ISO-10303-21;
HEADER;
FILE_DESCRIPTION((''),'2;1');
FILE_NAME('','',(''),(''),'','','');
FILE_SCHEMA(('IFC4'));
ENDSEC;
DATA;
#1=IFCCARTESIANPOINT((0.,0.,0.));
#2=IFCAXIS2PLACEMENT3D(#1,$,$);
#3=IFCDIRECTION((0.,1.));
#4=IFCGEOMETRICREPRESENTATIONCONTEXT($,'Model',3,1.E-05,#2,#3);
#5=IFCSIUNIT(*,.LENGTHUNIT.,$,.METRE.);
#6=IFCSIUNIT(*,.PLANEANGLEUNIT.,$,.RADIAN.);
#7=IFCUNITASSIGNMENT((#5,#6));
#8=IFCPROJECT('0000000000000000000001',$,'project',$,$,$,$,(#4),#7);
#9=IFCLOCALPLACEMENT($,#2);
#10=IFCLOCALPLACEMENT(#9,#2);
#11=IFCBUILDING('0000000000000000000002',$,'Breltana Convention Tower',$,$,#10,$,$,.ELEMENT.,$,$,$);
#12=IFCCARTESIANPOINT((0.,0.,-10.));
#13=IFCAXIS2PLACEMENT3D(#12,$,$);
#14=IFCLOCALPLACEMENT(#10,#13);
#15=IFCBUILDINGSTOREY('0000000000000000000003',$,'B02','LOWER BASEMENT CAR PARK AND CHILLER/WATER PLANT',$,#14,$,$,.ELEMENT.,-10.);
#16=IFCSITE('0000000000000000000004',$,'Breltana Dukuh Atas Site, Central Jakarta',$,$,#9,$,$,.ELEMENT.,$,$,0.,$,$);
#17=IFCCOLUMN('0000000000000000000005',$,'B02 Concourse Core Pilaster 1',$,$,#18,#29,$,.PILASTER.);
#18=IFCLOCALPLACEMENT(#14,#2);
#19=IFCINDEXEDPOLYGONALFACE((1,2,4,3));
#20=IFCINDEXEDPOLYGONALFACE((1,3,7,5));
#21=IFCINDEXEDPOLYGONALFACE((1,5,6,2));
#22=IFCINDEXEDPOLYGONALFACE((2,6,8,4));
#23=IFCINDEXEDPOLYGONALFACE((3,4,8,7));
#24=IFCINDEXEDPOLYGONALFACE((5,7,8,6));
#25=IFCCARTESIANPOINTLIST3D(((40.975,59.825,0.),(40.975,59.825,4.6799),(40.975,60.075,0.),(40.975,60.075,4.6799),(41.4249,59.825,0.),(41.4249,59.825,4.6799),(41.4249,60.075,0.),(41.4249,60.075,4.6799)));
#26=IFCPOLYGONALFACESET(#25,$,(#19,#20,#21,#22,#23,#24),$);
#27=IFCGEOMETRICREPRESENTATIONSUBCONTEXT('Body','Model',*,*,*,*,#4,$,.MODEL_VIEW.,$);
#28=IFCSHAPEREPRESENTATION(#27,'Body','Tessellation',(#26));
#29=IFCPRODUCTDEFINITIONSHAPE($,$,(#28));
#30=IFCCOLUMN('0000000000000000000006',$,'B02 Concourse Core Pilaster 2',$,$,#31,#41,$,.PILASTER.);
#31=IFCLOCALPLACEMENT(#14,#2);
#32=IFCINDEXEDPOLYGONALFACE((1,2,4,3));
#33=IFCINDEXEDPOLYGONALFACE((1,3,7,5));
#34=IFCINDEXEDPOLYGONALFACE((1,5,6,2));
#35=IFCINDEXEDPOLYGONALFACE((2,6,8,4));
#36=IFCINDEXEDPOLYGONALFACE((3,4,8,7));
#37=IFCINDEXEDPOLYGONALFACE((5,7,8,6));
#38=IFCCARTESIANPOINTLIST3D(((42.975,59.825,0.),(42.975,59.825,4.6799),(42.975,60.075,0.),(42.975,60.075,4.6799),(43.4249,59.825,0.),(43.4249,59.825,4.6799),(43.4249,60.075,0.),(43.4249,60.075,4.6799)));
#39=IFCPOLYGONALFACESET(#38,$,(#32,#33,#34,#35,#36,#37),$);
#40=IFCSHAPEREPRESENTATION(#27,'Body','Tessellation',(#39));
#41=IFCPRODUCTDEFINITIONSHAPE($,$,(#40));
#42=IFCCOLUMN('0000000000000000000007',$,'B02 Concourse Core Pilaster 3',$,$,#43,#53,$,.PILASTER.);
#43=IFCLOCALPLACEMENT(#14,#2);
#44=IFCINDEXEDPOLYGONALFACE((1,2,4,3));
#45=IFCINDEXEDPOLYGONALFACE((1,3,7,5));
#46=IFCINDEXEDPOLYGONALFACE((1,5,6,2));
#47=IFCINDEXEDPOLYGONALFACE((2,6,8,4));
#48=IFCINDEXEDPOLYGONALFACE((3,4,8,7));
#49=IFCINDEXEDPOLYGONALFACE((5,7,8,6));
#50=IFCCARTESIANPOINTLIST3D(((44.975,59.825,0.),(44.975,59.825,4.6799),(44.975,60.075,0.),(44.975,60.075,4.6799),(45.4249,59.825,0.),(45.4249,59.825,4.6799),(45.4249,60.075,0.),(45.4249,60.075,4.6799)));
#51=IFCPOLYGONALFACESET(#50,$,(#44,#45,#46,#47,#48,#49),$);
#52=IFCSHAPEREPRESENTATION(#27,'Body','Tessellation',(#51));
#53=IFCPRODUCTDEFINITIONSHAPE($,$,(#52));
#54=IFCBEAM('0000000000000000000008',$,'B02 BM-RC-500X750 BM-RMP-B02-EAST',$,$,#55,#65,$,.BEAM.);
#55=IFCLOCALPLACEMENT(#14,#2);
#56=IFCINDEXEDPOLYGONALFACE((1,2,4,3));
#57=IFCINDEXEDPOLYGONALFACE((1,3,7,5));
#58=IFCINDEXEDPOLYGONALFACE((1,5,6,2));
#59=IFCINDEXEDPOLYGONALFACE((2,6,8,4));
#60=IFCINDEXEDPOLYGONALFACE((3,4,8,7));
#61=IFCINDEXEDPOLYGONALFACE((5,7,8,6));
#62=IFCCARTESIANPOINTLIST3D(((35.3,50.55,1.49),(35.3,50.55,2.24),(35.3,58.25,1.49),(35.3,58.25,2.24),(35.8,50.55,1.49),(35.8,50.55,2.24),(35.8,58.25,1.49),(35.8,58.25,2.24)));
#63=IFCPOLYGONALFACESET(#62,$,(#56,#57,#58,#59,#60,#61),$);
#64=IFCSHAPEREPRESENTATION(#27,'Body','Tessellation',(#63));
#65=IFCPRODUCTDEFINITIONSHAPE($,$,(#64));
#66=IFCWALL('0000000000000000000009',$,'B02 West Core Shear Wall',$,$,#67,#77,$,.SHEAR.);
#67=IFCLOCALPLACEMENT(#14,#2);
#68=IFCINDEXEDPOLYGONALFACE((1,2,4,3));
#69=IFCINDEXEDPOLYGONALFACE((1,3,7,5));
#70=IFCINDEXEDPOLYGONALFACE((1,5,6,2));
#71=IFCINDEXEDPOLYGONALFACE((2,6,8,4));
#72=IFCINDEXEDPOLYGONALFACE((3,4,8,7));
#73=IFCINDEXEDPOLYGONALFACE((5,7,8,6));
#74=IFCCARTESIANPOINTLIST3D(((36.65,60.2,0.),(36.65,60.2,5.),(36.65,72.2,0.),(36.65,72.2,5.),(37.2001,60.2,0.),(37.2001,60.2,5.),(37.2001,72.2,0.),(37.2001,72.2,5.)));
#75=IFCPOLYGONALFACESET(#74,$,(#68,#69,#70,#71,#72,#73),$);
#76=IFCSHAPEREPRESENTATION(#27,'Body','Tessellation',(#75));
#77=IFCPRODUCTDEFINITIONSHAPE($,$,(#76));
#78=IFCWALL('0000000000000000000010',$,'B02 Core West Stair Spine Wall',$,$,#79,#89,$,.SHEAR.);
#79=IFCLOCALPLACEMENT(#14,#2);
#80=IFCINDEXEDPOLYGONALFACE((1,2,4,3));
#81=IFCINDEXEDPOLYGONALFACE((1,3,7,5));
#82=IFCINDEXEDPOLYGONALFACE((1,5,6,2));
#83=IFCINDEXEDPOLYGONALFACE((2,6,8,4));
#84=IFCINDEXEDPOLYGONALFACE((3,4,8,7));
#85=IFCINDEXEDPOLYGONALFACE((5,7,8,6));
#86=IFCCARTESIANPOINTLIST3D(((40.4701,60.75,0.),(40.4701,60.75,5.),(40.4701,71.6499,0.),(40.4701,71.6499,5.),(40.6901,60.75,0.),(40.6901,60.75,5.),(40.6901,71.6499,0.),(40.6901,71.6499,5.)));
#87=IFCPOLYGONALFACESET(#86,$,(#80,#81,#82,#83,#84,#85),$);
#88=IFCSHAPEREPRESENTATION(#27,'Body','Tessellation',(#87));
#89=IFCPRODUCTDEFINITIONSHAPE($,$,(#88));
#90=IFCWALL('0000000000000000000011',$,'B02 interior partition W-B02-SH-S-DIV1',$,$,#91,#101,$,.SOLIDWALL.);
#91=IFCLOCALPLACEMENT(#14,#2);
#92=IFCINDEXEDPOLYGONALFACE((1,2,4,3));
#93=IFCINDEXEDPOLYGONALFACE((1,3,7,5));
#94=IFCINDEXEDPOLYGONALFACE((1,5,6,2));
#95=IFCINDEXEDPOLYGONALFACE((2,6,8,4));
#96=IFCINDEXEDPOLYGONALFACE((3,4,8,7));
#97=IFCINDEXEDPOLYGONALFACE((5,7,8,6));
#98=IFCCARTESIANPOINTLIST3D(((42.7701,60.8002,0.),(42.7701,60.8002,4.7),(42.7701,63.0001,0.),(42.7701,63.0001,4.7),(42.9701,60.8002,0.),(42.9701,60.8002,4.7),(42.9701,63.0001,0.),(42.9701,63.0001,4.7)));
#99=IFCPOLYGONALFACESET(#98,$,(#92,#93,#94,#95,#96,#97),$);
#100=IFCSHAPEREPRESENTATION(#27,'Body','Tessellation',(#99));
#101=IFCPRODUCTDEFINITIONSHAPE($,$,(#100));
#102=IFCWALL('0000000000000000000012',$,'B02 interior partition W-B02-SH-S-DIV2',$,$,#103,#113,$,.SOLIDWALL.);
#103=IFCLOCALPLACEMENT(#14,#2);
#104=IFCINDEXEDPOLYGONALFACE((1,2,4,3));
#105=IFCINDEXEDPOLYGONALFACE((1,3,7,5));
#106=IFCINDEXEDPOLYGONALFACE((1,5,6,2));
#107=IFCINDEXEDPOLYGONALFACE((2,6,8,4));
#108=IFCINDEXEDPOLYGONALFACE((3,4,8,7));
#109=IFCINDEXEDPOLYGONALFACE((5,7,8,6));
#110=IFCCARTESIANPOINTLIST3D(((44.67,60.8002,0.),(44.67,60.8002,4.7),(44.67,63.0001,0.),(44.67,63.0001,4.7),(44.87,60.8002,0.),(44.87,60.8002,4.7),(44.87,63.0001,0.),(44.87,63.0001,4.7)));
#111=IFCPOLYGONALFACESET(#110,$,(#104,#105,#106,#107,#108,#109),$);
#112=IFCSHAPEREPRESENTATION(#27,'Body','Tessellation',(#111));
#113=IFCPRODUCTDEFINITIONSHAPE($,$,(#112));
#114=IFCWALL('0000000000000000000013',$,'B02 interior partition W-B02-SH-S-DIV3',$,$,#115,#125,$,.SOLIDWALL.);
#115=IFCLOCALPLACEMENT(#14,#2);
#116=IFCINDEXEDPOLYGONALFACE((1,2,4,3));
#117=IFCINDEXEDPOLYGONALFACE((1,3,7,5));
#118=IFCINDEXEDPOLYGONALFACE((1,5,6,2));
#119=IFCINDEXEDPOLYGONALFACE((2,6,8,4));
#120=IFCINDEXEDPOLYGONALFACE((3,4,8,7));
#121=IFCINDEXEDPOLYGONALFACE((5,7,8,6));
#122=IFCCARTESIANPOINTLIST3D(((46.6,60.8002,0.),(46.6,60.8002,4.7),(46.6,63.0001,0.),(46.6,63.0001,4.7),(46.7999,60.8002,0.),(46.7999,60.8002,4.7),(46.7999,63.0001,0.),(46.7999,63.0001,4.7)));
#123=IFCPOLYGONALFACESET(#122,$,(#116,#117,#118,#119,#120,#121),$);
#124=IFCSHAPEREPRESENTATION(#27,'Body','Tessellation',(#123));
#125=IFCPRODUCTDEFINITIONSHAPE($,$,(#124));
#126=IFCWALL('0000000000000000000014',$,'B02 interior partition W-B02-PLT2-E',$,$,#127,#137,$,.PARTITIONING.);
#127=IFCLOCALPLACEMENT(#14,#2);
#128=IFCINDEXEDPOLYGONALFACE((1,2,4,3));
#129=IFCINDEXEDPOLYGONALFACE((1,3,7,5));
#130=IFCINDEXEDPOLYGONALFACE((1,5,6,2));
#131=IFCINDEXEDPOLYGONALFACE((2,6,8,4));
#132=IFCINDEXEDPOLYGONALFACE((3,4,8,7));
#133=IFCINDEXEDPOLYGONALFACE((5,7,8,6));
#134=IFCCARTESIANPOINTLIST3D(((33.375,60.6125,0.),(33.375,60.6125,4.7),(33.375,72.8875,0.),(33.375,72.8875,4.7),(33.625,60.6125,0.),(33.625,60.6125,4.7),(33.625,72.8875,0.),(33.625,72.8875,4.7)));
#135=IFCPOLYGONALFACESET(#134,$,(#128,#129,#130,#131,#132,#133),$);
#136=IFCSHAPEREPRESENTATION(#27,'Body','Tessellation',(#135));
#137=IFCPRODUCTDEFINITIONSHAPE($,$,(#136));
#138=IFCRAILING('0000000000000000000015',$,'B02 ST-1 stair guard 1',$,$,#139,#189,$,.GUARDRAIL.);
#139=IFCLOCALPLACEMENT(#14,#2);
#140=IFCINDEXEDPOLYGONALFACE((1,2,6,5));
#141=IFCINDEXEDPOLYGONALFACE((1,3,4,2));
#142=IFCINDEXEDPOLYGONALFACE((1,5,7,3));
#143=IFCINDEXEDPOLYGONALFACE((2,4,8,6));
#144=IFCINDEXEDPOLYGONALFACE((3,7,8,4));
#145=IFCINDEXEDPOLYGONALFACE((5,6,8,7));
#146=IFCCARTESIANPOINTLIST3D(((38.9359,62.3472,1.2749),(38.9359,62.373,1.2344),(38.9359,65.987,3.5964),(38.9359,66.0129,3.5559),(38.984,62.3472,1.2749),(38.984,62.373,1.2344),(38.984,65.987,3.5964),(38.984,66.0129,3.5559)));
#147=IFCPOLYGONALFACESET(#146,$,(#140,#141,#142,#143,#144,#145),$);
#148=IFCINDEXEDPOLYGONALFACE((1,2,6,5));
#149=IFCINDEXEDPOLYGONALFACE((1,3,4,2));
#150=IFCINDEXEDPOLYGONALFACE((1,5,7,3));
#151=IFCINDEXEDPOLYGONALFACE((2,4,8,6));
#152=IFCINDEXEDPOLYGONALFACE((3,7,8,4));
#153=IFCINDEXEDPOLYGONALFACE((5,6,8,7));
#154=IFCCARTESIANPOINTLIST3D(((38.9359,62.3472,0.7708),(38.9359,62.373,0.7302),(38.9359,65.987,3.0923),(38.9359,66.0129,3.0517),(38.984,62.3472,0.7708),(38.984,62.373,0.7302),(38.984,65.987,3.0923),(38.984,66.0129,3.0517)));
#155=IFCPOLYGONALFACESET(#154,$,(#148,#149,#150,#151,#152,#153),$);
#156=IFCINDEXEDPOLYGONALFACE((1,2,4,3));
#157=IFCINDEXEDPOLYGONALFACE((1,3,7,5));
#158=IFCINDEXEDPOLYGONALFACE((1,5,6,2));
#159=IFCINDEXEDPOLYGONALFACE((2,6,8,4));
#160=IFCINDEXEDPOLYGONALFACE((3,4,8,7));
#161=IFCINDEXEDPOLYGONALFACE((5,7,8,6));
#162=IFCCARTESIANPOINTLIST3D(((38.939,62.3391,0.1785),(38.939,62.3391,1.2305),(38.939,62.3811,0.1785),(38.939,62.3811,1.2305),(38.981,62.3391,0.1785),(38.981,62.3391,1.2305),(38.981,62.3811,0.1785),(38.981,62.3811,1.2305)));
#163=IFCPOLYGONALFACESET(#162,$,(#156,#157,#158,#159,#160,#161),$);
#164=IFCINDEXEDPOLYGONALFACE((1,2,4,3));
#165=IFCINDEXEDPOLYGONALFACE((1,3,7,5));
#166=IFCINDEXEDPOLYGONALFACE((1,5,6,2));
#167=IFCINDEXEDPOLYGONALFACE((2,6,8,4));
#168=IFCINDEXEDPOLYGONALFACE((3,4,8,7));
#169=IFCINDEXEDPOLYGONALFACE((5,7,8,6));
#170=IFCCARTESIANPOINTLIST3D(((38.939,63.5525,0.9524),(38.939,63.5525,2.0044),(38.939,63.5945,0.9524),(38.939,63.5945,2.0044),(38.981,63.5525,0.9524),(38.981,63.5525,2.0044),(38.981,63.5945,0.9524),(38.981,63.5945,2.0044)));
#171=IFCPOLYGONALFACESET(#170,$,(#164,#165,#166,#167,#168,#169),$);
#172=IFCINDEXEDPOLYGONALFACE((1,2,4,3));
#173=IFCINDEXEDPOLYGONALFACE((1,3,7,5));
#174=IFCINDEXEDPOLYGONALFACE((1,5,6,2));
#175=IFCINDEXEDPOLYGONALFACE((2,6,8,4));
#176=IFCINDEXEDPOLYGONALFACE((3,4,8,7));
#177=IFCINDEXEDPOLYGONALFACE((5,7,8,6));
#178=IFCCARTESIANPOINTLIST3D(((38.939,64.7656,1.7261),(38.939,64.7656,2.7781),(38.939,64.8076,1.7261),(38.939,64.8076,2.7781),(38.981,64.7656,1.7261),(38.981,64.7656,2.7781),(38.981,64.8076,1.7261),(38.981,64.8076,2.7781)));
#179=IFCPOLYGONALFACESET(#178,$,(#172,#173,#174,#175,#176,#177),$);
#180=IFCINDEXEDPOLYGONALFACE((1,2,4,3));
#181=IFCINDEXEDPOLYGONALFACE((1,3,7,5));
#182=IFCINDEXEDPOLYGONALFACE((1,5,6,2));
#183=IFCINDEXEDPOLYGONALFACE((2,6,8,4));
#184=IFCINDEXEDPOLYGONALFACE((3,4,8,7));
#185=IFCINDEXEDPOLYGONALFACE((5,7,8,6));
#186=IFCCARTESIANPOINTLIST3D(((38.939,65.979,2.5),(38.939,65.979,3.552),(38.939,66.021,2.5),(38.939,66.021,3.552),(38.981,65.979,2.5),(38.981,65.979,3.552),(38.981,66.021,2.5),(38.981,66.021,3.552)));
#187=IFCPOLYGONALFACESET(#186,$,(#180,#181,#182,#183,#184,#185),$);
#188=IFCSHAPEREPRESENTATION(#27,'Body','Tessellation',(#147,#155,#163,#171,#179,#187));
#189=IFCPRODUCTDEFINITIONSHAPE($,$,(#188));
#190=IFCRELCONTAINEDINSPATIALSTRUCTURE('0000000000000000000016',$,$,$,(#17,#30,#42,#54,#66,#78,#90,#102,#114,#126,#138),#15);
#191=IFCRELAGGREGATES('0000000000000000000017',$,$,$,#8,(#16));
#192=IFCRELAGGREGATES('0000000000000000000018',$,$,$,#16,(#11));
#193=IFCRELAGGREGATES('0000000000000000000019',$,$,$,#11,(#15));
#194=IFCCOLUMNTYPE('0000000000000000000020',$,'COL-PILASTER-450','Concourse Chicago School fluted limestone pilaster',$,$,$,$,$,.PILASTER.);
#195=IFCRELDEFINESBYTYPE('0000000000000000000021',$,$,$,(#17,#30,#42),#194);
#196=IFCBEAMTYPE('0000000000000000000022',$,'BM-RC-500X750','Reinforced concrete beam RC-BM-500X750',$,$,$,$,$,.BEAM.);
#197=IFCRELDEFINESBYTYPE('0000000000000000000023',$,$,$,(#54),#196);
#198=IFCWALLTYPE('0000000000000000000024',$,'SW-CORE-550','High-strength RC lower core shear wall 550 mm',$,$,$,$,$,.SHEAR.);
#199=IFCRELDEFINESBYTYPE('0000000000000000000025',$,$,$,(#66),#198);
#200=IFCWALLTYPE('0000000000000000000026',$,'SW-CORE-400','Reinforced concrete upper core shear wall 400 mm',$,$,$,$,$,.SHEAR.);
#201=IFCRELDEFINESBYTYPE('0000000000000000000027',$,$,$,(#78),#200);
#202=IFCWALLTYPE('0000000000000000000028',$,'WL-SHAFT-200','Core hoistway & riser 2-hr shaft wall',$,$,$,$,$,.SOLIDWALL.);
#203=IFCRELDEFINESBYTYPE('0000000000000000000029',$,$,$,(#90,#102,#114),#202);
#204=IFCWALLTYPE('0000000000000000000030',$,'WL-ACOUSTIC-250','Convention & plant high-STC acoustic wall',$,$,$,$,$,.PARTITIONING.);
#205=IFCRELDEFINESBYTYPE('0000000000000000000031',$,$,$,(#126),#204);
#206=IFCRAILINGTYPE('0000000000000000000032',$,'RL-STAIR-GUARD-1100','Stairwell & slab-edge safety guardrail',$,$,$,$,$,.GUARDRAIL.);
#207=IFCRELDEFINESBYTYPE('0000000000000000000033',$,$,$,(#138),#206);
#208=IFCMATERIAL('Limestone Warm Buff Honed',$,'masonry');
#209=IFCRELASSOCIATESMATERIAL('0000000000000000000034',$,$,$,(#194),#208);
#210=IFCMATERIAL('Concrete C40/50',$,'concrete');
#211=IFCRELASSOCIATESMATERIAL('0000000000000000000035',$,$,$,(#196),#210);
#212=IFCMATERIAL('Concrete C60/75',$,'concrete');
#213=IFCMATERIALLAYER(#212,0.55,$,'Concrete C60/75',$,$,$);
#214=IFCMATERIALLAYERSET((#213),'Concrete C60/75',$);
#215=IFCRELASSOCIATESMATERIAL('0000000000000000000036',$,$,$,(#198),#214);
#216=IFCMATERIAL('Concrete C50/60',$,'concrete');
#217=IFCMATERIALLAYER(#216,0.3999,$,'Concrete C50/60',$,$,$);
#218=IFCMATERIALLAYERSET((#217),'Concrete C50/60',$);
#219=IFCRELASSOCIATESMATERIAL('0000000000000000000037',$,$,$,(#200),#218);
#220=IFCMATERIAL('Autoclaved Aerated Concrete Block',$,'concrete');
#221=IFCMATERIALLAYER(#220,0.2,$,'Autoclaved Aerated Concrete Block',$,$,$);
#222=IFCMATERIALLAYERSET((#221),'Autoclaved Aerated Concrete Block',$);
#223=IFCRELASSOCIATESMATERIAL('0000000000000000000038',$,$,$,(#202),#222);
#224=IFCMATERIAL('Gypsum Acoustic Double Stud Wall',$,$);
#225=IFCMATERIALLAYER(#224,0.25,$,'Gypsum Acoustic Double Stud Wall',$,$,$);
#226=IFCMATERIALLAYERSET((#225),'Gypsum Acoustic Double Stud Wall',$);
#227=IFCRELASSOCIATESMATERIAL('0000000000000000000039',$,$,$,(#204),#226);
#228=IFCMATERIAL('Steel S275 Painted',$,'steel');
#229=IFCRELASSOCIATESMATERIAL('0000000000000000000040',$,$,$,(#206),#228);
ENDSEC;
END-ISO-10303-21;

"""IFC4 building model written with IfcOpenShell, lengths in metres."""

from ifc_helpers import new_model, si_unit, direction, frame, frame_2d, origin, origin_2d, place, context, subcontext, project, spatial, rectangle, extrude, source, transform, mapped, material, layer, layer_set, material_profile, profile_set, type_object, type_shapes, element, save


model = new_model("IFC4")

# Units and contexts
model_context = context("Model", 3, precision=1e-05, world=origin(), true_north=direction((0.0, 1.0)))
body_context = subcontext(model_context, "Body", "Model", "MODEL_VIEW")
ifc_project = project(units=[si_unit("LENGTHUNIT", "METRE"), si_unit("PLANEANGLEUNIT", "RADIAN")], contexts=[model_context])

# Site, building, storey
site_placement = place(None, origin())
site = spatial("IfcSite", under=ifc_project, at=site_placement, Name="Breltana Dukuh Atas Site, Central Jakarta", CompositionType="ELEMENT", RefElevation=0.0)
building_placement = place(site_placement, origin())
building = spatial("IfcBuilding", under=site, at=building_placement, Name="Breltana Convention Tower", CompositionType="ELEMENT")
storey_placement = place(building_placement, frame((0.0, 0.0, -10.0)))
storey = spatial("IfcBuildingStorey", under=building, at=storey_placement, Name="B02", Description="LOWER BASEMENT CAR PARK AND CHILLER/WATER PLANT", CompositionType="ELEMENT", Elevation=-10.0)

# Shared definitions
ifc_material_1 = material(Name="Concrete C40/50", Category="concrete")

# Columns
ifc_material_2 = material(Name="Concrete C50/60", Category="concrete")
ifc_material_3 = material(Name="Limestone Warm Buff Honed", Category="masonry")
ifc_material_profile_1 = material_profile(ifc_material_3, rectangle(XDim=0.45, YDim=0.25, at=origin_2d()), Name="PIL-450X250")
ifc_profile_set_1 = profile_set([ifc_material_profile_1], Name="Limestone Warm Buff Honed")
column_type_1 = type_object("IfcColumnType", Name="COL-PILASTER-450", Description="Concourse Chicago School fluted limestone pilaster", PredefinedType="PILASTER", material=ifc_profile_set_1)
shared_shape_1 = source(origin(), body_context, "Body", "SweptSolid", [
    extrude(rectangle(XDim=0.45, YDim=0.25, at=origin_2d()), origin(), (0.0, 0.0, 1.0), 4.6799),
])
type_shapes(column_type_1, [shared_shape_1])
for number, where, z_axis, x_axis, name in (
    (1, (41.2, 59.95, 0.0), (0.0, 0.0, 1.0), (1.0, 0.0, 0.0), "B02 Concourse Core Pilaster 1"),
    (2, (43.2, 59.95, 0.0), (0.0, 0.0, 1.0), (1.0, 0.0, 0.0), "B02 Concourse Core Pilaster 2"),
    (3, (45.2, 59.95, 0.0), (0.0, 0.0, 1.0), (1.0, 0.0, 0.0), "B02 Concourse Core Pilaster 3"),
):
    element("IfcColumn", number, at=place(storey_placement, frame(where, z_axis=z_axis, x_axis=x_axis)), inside=storey, type_object=column_type_1, Name=name, PredefinedType="PILASTER", context=body_context, shape_type="MappedRepresentation", body=[
        mapped(shared_shape_1, transform((0.0, 0.0, 0.0), scale=1.0)),
    ])

# Beam
ifc_material_profile_2 = material_profile(ifc_material_1, rectangle(XDim=0.5, YDim=0.75, at=origin_2d()), Name="RC-BM-500X750")
ifc_profile_set_2 = profile_set([ifc_material_profile_2], Name="Concrete C40/50")
beam_type = type_object("IfcBeamType", Name="BM-RC-500X750", Description="Reinforced concrete beam RC-BM-500X750", PredefinedType="BEAM", material=ifc_profile_set_2)
shared_shape_2 = source(origin(), body_context, "Body", "SweptSolid", [
    extrude(rectangle(XDim=0.5, YDim=0.75, at=origin_2d()), origin(), (0.0, 0.0, 1.0), 7.7),
])
beam_placement = place(storey_placement, frame((35.55, 50.55, 1.865), z_axis=(0.0, 1.0, 0.0), x_axis=(-1.0, 0.0, 0.0)))
element("IfcBeam", 4, at=beam_placement, inside=storey, type_object=beam_type, Name="B02 BM-RC-500X750 BM-RMP-B02-EAST", PredefinedType="BEAM", context=body_context, shape_type="MappedRepresentation", body=[
    mapped(shared_shape_2, transform((0.0, 0.0, 0.0), scale=1.0)),
])

# Wall
ifc_material_4 = material(Name="Concrete C60/75", Category="concrete")
ifc_layer_1 = layer(ifc_material_4, 0.55, Name="Concrete C60/75")
ifc_layer_set_1 = layer_set([ifc_layer_1], Name="Concrete C60/75")
wall_type_1 = type_object("IfcWallType", Name="SW-CORE-550", Description="High-strength RC lower core shear wall 550 mm", PredefinedType="SHEAR", material=ifc_layer_set_1)
shared_shape_3 = source(origin(), body_context, "Body", "SweptSolid", [
    extrude(rectangle(XDim=12.0, YDim=0.55, at=frame_2d((6.0, 0.0))), origin(), (0.0, 0.0, 1.0), 5.0),
])
type_shapes(wall_type_1, [shared_shape_3])
wall_1_placement = place(storey_placement, frame((36.925, 60.2, 0.0), z_axis=(0.0, 0.0, 1.0), x_axis=(0.0, 1.0, 0.0)))
element("IfcWall", 5, at=wall_1_placement, inside=storey, type_object=wall_type_1, Name="B02 West Core Shear Wall", PredefinedType="SHEAR", context=body_context, shape_type="MappedRepresentation", body=[
    mapped(shared_shape_3, transform((0.0, 0.0, 0.0), scale=1.0)),
])

# Walls
ifc_layer_2 = layer(ifc_material_2, 0.3999, Name="Concrete C50/60")
ifc_layer_set_2 = layer_set([ifc_layer_2], Name="Concrete C50/60")
wall_type_2 = type_object("IfcWallType", Name="SW-CORE-400", Description="Reinforced concrete upper core shear wall 400 mm", PredefinedType="SHEAR", material=ifc_layer_set_2)
shared_shape_4 = source(origin(), body_context, "Body", "SweptSolid", [
    extrude(rectangle(XDim=10.8999, YDim=0.22, at=frame_2d((5.45, 0.0))), origin(), (0.0, 0.0, 1.0), 5.0),
])
wall_2_placement = place(storey_placement, frame((40.5801, 60.75, 0.0), z_axis=(0.0, 0.0, 1.0), x_axis=(0.0, 1.0, 0.0)))
element("IfcWall", 6, at=wall_2_placement, inside=storey, type_object=wall_type_2, Name="B02 Core West Stair Spine Wall", PredefinedType="SHEAR", context=body_context, shape_type="MappedRepresentation", body=[
    mapped(shared_shape_4, transform((0.0, 0.0, 0.0), scale=1.0)),
])
ifc_material_5 = material(Name="Autoclaved Aerated Concrete Block", Category="concrete")
ifc_layer_3 = layer(ifc_material_5, 0.2, Name="Autoclaved Aerated Concrete Block")
ifc_layer_set_3 = layer_set([ifc_layer_3], Name="Autoclaved Aerated Concrete Block")
wall_type_3 = type_object("IfcWallType", Name="WL-SHAFT-200", Description="Core hoistway & riser 2-hr shaft wall", PredefinedType="SOLIDWALL", material=ifc_layer_set_3)
shared_shape_5 = source(origin(), body_context, "Body", "SweptSolid", [
    extrude(rectangle(XDim=2.2, YDim=0.2, at=frame_2d((1.1001, 0.0))), origin(), (0.0, 0.0, 1.0), 4.7),
])
for number, where, z_axis, x_axis, name in (
    (7, (42.8701, 60.8, 0.0), (0.0, 0.0, 1.0), (0.0, 1.0, 0.0), "B02 interior partition W-B02-SH-S-DIV1"),
    (8, (44.77, 60.8, 0.0), (0.0, 0.0, 1.0), (0.0, 1.0, 0.0), "B02 interior partition W-B02-SH-S-DIV2"),
    (9, (46.7, 60.8, 0.0), (0.0, 0.0, 1.0), (0.0, 1.0, 0.0), "B02 interior partition W-B02-SH-S-DIV3"),
):
    element("IfcWall", number, at=place(storey_placement, frame(where, z_axis=z_axis, x_axis=x_axis)), inside=storey, type_object=wall_type_3, Name=name, PredefinedType="SOLIDWALL", context=body_context, shape_type="MappedRepresentation", body=[
        mapped(shared_shape_5, transform((0.0, 0.0, 0.0), scale=1.0)),
    ])
ifc_material_6 = material(Name="Gypsum Acoustic Double Stud Wall")
ifc_layer_4 = layer(ifc_material_6, 0.25, Name="Gypsum Acoustic Double Stud Wall")
ifc_layer_set_4 = layer_set([ifc_layer_4], Name="Gypsum Acoustic Double Stud Wall")
wall_type_4 = type_object("IfcWallType", Name="WL-ACOUSTIC-250", Description="Convention & plant high-STC acoustic wall", PredefinedType="PARTITIONING", material=ifc_layer_set_4)
shared_shape_6 = source(origin(), body_context, "Body", "SweptSolid", [
    extrude(rectangle(XDim=12.2749, YDim=0.25, at=frame_2d((6.1375, 0.0))), origin(), (0.0, 0.0, 1.0), 4.7),
])
wall_3_placement = place(storey_placement, frame((33.5, 60.6125, 0.0), z_axis=(0.0, 0.0, 1.0), x_axis=(0.0, 1.0, 0.0)))
element("IfcWall", 10, at=wall_3_placement, inside=storey, type_object=wall_type_4, Name="B02 interior partition W-B02-PLT2-E", PredefinedType="PARTITIONING", context=body_context, shape_type="MappedRepresentation", body=[
    mapped(shared_shape_6, transform((0.0, 0.0, 0.0), scale=1.0)),
])

# Railing
ifc_material_7 = material(Name="Steel S275 Painted", Category="steel")
railing_type = type_object("IfcRailingType", Name="RL-STAIR-GUARD-1100", Description="Stairwell & slab-edge safety guardrail", PredefinedType="GUARDRAIL", material=ifc_material_7)
railing_1_placement = place(storey_placement, frame((38.96, 62.3601, 0.1785)))
element("IfcRailing", 11, at=railing_1_placement, inside=storey, type_object=railing_type, Name="B02 ST-1 stair guard 1", PredefinedType="GUARDRAIL", context=body_context, shape_type="SweptSolid", body=[
    extrude(rectangle(XDim=0.0481, YDim=0.0481, at=origin_2d()), frame((0.0, 0.0, 1.0762), z_axis=(0.0, 0.843112, 0.537739), x_axis=(-1.0, 0.0, 0.0)), (0.0, 0.0, 1.0), 4.3171),
    extrude(rectangle(XDim=0.0481, YDim=0.0481, at=origin_2d()), frame((0.0, 0.0, 0.572), z_axis=(0.0, 0.843112, 0.537739), x_axis=(-1.0, 0.0, 0.0)), (0.0, 0.0, 1.0), 4.3171),
    extrude(rectangle(XDim=0.042, YDim=0.042, at=origin_2d()), origin(), (0.0, 0.0, 1.0), 1.052),
    extrude(rectangle(XDim=0.042, YDim=0.042, at=origin_2d()), frame((0.0, 1.2134, 0.7739)), (0.0, 0.0, 1.0), 1.052),
    extrude(rectangle(XDim=0.042, YDim=0.042, at=origin_2d()), frame((0.0, 2.4265, 1.5476)), (0.0, 0.0, 1.0), 1.052),
    extrude(rectangle(XDim=0.042, YDim=0.042, at=origin_2d()), frame((0.0, 3.6399, 2.3215)), (0.0, 0.0, 1.0), 1.052),
])

save(model, "model.ifc")
